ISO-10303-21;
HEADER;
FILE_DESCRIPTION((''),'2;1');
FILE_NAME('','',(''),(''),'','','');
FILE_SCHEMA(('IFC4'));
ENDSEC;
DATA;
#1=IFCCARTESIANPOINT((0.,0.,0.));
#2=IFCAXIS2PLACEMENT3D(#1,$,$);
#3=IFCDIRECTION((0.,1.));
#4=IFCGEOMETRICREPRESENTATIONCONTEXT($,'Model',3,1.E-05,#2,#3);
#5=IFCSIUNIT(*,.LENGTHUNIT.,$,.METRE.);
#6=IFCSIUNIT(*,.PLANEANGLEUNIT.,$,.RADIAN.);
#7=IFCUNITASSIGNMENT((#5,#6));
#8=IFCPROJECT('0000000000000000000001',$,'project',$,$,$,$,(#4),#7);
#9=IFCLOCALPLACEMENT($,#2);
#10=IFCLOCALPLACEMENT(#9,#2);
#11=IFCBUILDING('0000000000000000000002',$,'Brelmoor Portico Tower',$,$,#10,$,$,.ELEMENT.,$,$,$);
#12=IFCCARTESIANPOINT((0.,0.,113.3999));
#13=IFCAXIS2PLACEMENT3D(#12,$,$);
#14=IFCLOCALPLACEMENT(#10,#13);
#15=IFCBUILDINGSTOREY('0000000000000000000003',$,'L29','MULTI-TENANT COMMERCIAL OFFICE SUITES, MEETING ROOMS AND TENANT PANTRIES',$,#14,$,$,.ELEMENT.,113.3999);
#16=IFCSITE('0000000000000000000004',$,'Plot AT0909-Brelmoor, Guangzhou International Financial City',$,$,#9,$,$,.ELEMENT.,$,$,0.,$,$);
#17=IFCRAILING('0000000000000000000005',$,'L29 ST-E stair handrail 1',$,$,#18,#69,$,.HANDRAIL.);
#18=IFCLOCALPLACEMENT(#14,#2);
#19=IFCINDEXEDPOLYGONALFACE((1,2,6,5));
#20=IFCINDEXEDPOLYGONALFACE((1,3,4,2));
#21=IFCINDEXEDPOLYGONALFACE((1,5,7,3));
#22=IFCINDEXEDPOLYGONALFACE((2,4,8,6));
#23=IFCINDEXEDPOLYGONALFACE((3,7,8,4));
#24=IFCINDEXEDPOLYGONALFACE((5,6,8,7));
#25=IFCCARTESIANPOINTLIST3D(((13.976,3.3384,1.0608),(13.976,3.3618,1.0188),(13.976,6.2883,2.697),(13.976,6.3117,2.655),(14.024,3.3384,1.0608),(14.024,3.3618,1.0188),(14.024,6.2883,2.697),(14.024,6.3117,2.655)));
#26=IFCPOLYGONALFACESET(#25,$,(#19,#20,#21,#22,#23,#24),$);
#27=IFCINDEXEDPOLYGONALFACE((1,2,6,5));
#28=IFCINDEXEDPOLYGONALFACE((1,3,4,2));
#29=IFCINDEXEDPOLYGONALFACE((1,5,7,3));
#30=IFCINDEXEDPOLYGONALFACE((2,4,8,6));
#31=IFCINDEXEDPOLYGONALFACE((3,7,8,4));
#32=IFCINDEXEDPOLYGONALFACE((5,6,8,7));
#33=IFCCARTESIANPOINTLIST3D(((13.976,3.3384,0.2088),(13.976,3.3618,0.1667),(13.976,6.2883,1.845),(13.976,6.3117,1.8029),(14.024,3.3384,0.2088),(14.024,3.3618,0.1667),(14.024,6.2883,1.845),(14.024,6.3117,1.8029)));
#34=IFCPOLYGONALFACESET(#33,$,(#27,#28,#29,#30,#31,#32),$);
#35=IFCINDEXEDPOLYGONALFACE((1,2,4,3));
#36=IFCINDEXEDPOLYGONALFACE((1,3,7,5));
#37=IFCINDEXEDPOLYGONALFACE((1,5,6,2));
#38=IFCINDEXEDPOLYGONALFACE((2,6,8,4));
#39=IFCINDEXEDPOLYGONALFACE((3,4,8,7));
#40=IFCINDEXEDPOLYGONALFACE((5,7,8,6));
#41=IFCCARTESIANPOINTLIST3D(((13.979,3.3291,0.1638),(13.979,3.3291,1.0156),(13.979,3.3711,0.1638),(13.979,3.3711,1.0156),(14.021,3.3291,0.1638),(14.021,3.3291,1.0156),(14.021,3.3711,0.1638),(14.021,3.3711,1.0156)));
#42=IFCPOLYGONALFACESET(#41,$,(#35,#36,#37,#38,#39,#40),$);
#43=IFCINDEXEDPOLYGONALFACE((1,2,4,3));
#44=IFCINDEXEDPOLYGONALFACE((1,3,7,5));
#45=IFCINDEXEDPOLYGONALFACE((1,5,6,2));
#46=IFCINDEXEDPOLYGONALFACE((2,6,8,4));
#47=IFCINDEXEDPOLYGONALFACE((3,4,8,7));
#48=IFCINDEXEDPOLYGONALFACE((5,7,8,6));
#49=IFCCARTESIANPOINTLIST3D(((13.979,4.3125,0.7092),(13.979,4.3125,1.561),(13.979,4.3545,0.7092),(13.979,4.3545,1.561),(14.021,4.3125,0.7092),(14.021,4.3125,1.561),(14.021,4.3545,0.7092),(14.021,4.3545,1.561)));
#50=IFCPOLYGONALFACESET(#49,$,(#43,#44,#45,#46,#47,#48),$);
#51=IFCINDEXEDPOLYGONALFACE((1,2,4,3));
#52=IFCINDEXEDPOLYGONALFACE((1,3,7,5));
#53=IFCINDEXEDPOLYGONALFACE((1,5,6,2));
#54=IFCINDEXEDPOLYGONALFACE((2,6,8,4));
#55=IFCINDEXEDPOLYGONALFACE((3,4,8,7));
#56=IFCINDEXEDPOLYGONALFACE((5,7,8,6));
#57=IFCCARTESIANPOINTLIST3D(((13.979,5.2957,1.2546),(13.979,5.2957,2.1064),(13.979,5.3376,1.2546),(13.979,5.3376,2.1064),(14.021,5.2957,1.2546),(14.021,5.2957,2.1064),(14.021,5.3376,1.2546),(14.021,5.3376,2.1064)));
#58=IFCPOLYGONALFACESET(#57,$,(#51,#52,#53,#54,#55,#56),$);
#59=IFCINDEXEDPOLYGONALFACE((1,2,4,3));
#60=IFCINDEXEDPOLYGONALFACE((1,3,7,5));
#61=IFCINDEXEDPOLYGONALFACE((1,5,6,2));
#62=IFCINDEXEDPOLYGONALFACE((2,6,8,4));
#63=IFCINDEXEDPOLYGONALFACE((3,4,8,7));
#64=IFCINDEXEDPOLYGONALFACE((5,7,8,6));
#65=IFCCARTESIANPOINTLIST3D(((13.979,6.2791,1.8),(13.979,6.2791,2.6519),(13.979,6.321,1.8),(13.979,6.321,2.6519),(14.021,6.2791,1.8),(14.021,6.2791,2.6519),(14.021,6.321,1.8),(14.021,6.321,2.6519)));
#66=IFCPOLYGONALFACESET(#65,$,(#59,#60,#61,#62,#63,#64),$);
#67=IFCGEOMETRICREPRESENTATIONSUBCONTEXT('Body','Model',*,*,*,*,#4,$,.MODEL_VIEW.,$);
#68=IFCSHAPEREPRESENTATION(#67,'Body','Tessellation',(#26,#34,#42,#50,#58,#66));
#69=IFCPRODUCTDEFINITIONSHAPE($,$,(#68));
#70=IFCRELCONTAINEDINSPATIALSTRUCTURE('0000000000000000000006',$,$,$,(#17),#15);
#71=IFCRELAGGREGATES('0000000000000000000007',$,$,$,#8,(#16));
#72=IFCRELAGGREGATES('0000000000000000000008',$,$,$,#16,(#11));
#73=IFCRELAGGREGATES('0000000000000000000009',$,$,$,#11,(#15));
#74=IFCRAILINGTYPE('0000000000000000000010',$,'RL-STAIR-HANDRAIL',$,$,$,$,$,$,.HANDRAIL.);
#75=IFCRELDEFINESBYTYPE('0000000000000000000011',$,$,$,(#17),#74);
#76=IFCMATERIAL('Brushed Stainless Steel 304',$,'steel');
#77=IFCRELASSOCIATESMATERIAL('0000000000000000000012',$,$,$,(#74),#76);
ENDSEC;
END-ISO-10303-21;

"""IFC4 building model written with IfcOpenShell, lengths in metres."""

from ifc_helpers import new_model, si_unit, direction, frame, origin, origin_2d, place, context, subcontext, project, spatial, rectangle, extrude, material, type_object, element, save


model = new_model("IFC4")

# Units and contexts
model_context = context("Model", 3, precision=1e-05, world=origin(), true_north=direction((0.0, 1.0)))
body_context = subcontext(model_context, "Body", "Model", "MODEL_VIEW")
ifc_project = project(units=[si_unit("LENGTHUNIT", "METRE"), si_unit("PLANEANGLEUNIT", "RADIAN")], contexts=[model_context])

# Site, building, storey
site_placement = place(None, origin())
site = spatial("IfcSite", under=ifc_project, at=site_placement, Name="Plot AT0909-Brelmoor, Guangzhou International Financial City", CompositionType="ELEMENT", RefElevation=0.0)
building_placement = place(site_placement, origin())
building = spatial("IfcBuilding", under=site, at=building_placement, Name="Brelmoor Portico Tower", CompositionType="ELEMENT")
storey_placement = place(building_placement, frame((0.0, 0.0, 113.3999)))
storey = spatial("IfcBuildingStorey", under=building, at=storey_placement, Name="L29", Description="MULTI-TENANT COMMERCIAL OFFICE SUITES, MEETING ROOMS AND TENANT PANTRIES", CompositionType="ELEMENT", Elevation=113.3999)

# Railing
ifc_material_1 = material(Name="Brushed Stainless Steel 304", Category="steel")
railing_type_1 = type_object("IfcRailingType", Name="RL-STAIR-HANDRAIL", PredefinedType="HANDRAIL", material=ifc_material_1)
railing_1_placement = place(storey_placement, frame((14.0, 3.3501, 0.1638)))
element("IfcRailing", 1, at=railing_1_placement, inside=storey, type_object=railing_type_1, Name="L29 ST-E stair handrail 1", PredefinedType="HANDRAIL", context=body_context, shape_type="SweptSolid", body=[
    extrude(rectangle(XDim=0.0481, YDim=0.0481, at=origin_2d()), frame((0.0, 0.0, 0.876), z_axis=(0.0, 0.874488, 0.485047), x_axis=(-1.0, 0.0, 0.0)), (0.0, 0.0, 1.0), 3.3733),
    extrude(rectangle(XDim=0.0481, YDim=0.0481, at=origin_2d()), frame((0.0, 0.0, 0.0239), z_axis=(0.0, 0.874488, 0.485047), x_axis=(-1.0, 0.0, 0.0)), (0.0, 0.0, 1.0), 3.3733),
    extrude(rectangle(XDim=0.042, YDim=0.042, at=origin_2d()), origin(), (0.0, 0.0, 1.0), 0.8518),
    extrude(rectangle(XDim=0.042, YDim=0.042, at=origin_2d()), frame((0.0, 0.9834, 0.5454)), (0.0, 0.0, 1.0), 0.8518),
    extrude(rectangle(XDim=0.042, YDim=0.042, at=origin_2d()), frame((0.0, 1.9666, 1.0908)), (0.0, 0.0, 1.0), 0.8518),
    extrude(rectangle(XDim=0.042, YDim=0.042, at=origin_2d()), frame((0.0, 2.95, 1.6362)), (0.0, 0.0, 1.0), 0.8518),
])

save(model, "model.ifc")
